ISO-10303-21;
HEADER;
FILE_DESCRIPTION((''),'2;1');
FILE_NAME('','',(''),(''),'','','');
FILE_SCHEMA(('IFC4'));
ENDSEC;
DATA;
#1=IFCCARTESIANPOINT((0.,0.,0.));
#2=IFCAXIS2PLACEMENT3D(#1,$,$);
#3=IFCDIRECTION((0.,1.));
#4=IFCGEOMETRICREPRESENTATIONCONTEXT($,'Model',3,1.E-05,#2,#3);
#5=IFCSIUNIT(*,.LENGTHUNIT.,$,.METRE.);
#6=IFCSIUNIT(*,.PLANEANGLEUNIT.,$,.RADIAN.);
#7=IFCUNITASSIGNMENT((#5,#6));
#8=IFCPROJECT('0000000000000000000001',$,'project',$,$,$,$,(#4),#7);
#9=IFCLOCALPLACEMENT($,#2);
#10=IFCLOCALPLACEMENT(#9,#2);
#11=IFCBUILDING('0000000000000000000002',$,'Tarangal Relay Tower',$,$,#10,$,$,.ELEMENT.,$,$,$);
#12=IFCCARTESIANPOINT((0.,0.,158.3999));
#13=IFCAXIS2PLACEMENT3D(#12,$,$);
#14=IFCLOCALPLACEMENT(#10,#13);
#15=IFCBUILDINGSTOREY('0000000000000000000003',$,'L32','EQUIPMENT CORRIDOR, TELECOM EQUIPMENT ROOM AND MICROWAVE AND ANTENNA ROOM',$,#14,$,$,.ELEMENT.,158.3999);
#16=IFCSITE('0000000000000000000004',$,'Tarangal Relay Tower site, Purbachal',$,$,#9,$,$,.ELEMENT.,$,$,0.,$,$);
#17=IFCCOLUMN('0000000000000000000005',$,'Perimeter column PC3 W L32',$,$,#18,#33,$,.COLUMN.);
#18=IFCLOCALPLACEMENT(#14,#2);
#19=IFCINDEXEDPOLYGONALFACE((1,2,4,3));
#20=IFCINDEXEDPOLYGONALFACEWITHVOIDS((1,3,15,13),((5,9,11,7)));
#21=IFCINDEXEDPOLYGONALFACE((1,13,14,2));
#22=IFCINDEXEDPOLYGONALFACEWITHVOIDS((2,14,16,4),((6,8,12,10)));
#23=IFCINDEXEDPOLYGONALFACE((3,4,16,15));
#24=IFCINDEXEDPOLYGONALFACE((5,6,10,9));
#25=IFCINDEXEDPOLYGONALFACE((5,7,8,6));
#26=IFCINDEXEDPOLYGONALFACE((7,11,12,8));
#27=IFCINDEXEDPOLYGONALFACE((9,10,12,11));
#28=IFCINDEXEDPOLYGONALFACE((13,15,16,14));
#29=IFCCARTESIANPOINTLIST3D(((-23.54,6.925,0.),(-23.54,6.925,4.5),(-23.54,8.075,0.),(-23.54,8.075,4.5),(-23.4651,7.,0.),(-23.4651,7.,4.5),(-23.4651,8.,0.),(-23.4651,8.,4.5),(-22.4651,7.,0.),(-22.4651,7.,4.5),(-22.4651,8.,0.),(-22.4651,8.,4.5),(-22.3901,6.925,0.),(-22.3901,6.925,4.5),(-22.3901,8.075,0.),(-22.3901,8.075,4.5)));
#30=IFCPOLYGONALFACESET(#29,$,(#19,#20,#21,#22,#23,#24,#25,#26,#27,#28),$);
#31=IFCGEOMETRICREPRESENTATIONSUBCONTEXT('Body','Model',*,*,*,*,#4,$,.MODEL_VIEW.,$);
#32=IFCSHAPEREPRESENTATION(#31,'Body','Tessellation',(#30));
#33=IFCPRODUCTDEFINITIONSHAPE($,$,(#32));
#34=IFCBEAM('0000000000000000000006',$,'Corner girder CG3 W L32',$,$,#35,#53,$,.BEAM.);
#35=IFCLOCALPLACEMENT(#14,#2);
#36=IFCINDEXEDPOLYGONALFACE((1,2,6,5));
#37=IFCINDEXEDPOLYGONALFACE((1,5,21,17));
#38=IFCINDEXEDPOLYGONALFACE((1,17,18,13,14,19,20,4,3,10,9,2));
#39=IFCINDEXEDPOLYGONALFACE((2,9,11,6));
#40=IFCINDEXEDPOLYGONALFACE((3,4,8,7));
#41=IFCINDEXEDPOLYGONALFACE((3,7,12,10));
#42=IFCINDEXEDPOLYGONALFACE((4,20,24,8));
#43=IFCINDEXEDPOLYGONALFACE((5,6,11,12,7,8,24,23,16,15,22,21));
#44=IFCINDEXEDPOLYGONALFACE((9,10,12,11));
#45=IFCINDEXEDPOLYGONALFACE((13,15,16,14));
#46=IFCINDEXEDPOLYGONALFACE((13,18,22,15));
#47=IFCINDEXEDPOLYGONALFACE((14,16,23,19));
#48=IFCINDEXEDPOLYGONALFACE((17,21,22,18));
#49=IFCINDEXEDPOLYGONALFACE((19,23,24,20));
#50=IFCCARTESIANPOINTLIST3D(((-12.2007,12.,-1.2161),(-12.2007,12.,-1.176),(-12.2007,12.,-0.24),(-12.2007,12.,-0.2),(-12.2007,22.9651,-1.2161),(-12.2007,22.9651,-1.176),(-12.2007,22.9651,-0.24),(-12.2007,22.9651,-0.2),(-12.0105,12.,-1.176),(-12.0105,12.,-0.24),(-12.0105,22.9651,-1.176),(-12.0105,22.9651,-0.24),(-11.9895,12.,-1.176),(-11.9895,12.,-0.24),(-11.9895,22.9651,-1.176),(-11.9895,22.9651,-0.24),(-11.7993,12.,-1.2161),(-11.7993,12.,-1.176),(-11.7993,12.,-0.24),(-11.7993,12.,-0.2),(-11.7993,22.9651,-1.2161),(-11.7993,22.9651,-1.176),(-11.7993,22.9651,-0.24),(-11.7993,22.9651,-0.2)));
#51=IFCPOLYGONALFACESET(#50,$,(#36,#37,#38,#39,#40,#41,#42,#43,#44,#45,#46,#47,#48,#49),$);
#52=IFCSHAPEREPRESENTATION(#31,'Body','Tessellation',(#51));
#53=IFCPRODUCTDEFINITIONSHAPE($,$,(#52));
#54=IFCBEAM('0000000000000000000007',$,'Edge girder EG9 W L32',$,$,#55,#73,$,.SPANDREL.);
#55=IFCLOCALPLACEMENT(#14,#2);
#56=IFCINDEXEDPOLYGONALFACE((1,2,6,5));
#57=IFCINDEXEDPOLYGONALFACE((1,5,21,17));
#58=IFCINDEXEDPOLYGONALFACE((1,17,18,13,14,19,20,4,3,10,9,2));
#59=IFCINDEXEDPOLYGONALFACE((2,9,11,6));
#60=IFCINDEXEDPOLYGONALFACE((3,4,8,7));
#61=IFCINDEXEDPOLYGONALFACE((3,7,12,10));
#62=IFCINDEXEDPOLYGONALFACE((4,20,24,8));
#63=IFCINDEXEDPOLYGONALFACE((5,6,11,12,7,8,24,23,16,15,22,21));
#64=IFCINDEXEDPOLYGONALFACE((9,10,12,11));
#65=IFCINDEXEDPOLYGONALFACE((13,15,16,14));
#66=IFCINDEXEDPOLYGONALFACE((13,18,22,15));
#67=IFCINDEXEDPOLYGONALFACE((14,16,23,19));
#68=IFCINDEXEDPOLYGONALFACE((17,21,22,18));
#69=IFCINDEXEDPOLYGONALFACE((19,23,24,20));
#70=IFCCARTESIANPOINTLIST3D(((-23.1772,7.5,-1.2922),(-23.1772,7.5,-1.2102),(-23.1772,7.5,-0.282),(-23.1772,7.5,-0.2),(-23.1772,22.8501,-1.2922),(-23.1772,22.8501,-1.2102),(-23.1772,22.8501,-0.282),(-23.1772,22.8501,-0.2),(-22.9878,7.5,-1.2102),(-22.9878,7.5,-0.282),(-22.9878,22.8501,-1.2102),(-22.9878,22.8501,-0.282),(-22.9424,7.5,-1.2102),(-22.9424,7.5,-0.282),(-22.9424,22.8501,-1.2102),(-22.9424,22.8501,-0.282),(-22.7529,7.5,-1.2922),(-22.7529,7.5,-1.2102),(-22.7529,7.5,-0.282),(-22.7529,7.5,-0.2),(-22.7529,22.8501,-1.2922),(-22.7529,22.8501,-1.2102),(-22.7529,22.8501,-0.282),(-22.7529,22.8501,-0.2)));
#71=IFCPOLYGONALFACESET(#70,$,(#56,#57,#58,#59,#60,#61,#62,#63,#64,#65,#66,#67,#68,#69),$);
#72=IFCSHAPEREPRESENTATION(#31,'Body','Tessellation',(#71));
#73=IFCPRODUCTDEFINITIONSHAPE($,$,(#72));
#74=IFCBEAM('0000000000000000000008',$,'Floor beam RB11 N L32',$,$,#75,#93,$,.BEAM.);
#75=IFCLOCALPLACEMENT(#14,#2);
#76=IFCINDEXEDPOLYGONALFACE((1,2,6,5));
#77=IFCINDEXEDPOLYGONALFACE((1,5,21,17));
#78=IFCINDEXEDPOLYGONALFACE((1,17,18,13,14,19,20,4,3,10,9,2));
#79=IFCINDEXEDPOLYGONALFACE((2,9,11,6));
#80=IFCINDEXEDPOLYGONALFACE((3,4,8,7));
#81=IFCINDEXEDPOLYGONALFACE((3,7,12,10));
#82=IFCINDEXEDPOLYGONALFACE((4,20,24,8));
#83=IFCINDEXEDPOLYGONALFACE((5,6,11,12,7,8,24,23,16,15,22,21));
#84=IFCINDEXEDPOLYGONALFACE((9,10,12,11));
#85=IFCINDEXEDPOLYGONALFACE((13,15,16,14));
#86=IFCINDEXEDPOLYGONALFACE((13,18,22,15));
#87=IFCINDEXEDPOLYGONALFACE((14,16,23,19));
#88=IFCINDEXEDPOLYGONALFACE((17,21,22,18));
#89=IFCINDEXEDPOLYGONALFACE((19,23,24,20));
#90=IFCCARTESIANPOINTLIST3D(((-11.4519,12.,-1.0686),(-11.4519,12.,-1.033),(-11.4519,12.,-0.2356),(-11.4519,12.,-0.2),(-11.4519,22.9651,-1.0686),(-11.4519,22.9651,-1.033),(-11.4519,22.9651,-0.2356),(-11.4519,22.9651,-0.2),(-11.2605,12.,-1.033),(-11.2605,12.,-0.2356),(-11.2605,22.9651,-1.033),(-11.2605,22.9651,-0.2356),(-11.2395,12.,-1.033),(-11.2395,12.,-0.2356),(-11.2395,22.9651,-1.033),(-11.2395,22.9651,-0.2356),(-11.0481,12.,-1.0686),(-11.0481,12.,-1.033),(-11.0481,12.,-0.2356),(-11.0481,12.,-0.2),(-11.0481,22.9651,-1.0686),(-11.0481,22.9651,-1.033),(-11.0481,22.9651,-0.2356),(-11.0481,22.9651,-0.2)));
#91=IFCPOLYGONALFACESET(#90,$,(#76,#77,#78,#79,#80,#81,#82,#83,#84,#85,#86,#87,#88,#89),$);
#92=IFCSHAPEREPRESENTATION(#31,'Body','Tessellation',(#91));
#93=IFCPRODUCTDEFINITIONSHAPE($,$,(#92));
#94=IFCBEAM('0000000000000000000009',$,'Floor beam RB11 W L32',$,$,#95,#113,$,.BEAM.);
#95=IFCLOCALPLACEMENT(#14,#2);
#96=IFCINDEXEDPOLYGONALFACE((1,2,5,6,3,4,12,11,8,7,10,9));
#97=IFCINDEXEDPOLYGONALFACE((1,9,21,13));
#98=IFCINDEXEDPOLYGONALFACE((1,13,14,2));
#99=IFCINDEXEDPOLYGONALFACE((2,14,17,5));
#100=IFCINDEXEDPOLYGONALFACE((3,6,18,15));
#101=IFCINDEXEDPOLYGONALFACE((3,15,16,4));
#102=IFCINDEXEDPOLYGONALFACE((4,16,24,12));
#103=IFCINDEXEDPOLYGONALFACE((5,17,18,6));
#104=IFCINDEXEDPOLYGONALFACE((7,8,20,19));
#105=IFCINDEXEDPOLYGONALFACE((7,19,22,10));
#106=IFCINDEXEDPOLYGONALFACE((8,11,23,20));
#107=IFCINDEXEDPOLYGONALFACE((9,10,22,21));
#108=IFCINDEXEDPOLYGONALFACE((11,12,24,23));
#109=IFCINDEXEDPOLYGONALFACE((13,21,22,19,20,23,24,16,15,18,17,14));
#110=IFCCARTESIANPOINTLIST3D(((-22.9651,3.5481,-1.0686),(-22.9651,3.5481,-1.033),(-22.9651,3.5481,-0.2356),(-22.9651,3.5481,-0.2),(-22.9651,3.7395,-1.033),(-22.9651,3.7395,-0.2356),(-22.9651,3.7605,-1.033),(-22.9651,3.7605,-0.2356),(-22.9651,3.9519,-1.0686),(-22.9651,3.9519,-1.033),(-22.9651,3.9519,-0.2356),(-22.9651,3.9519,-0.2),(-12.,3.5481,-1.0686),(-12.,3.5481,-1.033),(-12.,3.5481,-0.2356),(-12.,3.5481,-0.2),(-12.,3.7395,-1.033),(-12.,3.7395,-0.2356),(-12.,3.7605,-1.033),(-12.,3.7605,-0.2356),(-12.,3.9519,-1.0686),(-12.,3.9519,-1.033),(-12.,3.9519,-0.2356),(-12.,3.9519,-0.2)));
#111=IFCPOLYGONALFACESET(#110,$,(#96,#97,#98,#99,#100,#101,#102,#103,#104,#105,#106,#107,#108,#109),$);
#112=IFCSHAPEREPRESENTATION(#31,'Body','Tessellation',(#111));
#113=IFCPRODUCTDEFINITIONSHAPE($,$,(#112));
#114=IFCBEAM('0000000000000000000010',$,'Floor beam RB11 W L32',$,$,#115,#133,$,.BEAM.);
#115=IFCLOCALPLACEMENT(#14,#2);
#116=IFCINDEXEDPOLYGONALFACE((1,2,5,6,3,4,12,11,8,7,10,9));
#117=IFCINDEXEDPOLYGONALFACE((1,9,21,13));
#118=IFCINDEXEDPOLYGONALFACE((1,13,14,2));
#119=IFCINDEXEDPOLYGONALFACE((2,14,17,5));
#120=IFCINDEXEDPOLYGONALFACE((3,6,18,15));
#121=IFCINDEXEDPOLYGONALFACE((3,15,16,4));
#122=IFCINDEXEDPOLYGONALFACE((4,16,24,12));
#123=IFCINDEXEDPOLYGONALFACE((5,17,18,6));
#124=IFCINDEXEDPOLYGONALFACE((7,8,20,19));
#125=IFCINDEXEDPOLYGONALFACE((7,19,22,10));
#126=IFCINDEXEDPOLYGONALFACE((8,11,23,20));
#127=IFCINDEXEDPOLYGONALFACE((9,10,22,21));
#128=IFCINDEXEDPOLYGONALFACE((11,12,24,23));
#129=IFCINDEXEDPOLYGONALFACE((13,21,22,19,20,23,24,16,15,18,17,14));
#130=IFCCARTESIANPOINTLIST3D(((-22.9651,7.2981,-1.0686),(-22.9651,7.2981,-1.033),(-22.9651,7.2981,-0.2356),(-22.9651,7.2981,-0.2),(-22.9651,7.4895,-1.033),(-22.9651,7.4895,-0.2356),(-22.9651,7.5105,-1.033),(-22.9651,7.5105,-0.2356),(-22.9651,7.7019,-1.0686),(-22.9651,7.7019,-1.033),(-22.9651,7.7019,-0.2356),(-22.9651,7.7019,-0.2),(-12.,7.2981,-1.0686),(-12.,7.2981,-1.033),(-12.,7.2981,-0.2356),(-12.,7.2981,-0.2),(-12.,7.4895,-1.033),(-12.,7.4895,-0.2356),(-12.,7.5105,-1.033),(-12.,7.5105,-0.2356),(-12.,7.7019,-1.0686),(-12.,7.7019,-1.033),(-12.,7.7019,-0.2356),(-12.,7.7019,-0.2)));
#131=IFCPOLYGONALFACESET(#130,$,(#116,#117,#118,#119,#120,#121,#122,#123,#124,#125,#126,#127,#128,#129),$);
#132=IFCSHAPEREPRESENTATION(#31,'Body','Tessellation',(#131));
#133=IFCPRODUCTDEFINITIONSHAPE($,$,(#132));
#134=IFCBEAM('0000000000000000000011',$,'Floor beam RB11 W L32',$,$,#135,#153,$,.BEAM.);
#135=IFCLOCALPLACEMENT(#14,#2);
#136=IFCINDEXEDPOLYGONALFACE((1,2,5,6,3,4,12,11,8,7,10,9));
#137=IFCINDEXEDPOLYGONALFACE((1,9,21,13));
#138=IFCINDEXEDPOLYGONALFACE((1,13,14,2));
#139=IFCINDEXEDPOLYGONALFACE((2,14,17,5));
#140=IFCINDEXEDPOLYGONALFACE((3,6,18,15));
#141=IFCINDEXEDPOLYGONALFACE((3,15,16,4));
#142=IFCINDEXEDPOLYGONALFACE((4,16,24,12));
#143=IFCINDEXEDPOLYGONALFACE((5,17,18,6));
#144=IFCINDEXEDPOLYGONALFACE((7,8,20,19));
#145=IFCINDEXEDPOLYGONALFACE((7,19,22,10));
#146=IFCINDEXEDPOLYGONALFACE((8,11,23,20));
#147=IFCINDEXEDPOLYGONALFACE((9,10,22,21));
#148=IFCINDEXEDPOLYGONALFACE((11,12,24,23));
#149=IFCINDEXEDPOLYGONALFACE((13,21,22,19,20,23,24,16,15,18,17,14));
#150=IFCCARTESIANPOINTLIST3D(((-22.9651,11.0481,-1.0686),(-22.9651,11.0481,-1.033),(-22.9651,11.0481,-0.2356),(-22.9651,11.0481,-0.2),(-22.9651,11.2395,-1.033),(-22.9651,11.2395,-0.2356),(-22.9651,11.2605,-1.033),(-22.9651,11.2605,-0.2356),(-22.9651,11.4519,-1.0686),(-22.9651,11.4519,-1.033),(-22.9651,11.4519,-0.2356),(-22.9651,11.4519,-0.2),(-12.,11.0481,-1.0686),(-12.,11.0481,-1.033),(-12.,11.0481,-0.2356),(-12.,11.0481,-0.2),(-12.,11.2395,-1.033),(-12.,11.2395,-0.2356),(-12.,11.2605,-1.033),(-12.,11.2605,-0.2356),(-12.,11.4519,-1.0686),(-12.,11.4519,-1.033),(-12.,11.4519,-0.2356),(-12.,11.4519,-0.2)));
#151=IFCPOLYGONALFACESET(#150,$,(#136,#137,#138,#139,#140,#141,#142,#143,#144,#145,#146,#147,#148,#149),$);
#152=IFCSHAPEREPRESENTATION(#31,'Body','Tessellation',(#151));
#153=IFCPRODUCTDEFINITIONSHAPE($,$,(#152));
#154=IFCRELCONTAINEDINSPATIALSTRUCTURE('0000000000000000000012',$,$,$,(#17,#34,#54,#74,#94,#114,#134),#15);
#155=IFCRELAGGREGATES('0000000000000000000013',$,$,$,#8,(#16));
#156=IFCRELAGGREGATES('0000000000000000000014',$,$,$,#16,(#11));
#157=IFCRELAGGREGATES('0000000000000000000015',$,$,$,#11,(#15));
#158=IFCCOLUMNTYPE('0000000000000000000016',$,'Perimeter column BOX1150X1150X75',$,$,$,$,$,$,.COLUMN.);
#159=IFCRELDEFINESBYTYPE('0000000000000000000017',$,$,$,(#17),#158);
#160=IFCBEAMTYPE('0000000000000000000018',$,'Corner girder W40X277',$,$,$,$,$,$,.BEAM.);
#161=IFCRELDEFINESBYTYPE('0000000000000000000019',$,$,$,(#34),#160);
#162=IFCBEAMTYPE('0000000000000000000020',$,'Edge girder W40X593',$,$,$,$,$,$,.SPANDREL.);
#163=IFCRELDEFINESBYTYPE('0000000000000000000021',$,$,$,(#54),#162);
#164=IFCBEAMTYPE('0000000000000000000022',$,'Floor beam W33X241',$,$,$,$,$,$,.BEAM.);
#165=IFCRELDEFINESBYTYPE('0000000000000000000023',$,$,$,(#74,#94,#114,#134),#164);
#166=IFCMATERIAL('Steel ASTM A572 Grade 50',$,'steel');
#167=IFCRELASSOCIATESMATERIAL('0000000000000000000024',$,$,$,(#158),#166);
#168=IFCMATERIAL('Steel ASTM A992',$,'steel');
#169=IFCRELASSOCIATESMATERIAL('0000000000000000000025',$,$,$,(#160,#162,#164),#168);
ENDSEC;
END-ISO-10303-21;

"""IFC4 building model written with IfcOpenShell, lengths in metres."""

from ifc_helpers import new_model, si_unit, direction, frame, origin, origin_2d, place, context, subcontext, project, spatial, hollow_rectangle, i_section, extrude, material, material_profile, profile_set, type_object, element, save


model = new_model("IFC4")

# Units and contexts
model_context = context("Model", 3, precision=1e-05, world=origin(), true_north=direction((0.0, 1.0)))
body_context = subcontext(model_context, "Body", "Model", "MODEL_VIEW")
ifc_project = project(units=[si_unit("LENGTHUNIT", "METRE"), si_unit("PLANEANGLEUNIT", "RADIAN")], contexts=[model_context])

# Site, building, storey
site_placement = place(None, origin())
site = spatial("IfcSite", under=ifc_project, at=site_placement, Name="Tarangal Relay Tower site, Purbachal", CompositionType="ELEMENT", RefElevation=0.0)
building_placement = place(site_placement, origin())
building = spatial("IfcBuilding", under=site, at=building_placement, Name="Tarangal Relay Tower", CompositionType="ELEMENT")
storey_placement = place(building_placement, frame((0.0, 0.0, 158.3999)))
storey = spatial("IfcBuildingStorey", under=building, at=storey_placement, Name="L32", Description="EQUIPMENT CORRIDOR, TELECOM EQUIPMENT ROOM AND MICROWAVE AND ANTENNA ROOM", CompositionType="ELEMENT", Elevation=158.3999)

# Column
ifc_material_1 = material(Name="Steel ASTM A572 Grade 50", Category="steel")
ifc_material_profile_1 = material_profile(ifc_material_1, hollow_rectangle(XDim=1.1499, YDim=1.1499, WallThickness=0.075, at=origin_2d()), Name="BOX1150X1150X75")
ifc_profile_set_1 = profile_set([ifc_material_profile_1], Name="Steel ASTM A572 Grade 50")
column_type = type_object("IfcColumnType", Name="Perimeter column BOX1150X1150X75", PredefinedType="COLUMN", material=ifc_profile_set_1)
column_placement = place(storey_placement, frame((-22.9651, 7.5, 0.0), z_axis=(0.0, 0.0, 1.0), x_axis=(1.0, 0.0, 0.0)))
element("IfcColumn", 1, at=column_placement, inside=storey, type_object=column_type, Name="Perimeter column PC3 W L32", PredefinedType="COLUMN", context=body_context, shape_type="SweptSolid", body=[
    extrude(hollow_rectangle(XDim=1.1499, YDim=1.1499, WallThickness=0.075, at=origin_2d()), origin(), (0.0, 0.0, 1.0), 4.5),
])

# Beams
ifc_material_2 = material(Name="Steel ASTM A992", Category="steel")
ifc_material_profile_2 = material_profile(ifc_material_2, i_section(OverallWidth=0.4014, OverallDepth=1.0161, WebThickness=0.021, FlangeThickness=0.04, at=origin_2d()), Name="W40X277")
ifc_profile_set_2 = profile_set([ifc_material_profile_2], Name="Steel ASTM A992")
beam_type_1 = type_object("IfcBeamType", Name="Corner girder W40X277", PredefinedType="BEAM", material=ifc_profile_set_2)
beam_1_placement = place(storey_placement, frame((-12.0, 12.0, -0.708), z_axis=(0.0, 1.0, 0.0), x_axis=(-1.0, 0.0, 0.0)))
element("IfcBeam", 2, at=beam_1_placement, inside=storey, type_object=beam_type_1, Name="Corner girder CG3 W L32", PredefinedType="BEAM", context=body_context, shape_type="SweptSolid", body=[
    extrude(i_section(OverallWidth=0.4014, OverallDepth=1.0161, WebThickness=0.021, FlangeThickness=0.04, at=origin_2d()), origin(), (0.0, 0.0, 1.0), 10.9651),
])
ifc_material_profile_3 = material_profile(ifc_material_2, i_section(OverallWidth=0.4243, OverallDepth=1.0923, WebThickness=0.0454, FlangeThickness=0.082, at=origin_2d()), Name="W40X593")
ifc_profile_set_3 = profile_set([ifc_material_profile_3], Name="Steel ASTM A992")
beam_type_2 = type_object("IfcBeamType", Name="Edge girder W40X593", PredefinedType="SPANDREL", material=ifc_profile_set_3)
beam_2_placement = place(storey_placement, frame((-22.9651, 7.5, -0.7461), z_axis=(0.0, 1.0, 0.0), x_axis=(-1.0, 0.0, 0.0)))
element("IfcBeam", 3, at=beam_2_placement, inside=storey, type_object=beam_type_2, Name="Edge girder EG9 W L32", PredefinedType="SPANDREL", context=body_context, shape_type="SweptSolid", body=[
    extrude(i_section(OverallWidth=0.4243, OverallDepth=1.0923, WebThickness=0.0454, FlangeThickness=0.082, at=origin_2d()), origin(), (0.0, 0.0, 1.0), 15.3501),
])
ifc_material_profile_4 = material_profile(ifc_material_2, i_section(OverallWidth=0.4038, OverallDepth=0.8687, WebThickness=0.021, FlangeThickness=0.0356, at=origin_2d()), Name="W33X241")
ifc_profile_set_4 = profile_set([ifc_material_profile_4], Name="Steel ASTM A992")
beam_type_3 = type_object("IfcBeamType", Name="Floor beam W33X241", PredefinedType="BEAM", material=ifc_profile_set_4)
for number, where, z_axis, x_axis, name in (
    (4, (-11.25, 12.0, -0.6343), (0.0, 1.0, 0.0), (-1.0, 0.0, 0.0), "Floor beam RB11 N L32"),
    (5, (-12.0, 3.75, -0.6343), (-1.0, 0.0, 0.0), (0.0, -1.0, 0.0), "Floor beam RB11 W L32"),
    (6, (-12.0, 7.5, -0.6343), (-1.0, 0.0, 0.0), (0.0, -1.0, 0.0), "Floor beam RB11 W L32"),
    (7, (-12.0, 11.25, -0.6343), (-1.0, 0.0, 0.0), (0.0, -1.0, 0.0), "Floor beam RB11 W L32"),
):
    element("IfcBeam", number, at=place(storey_placement, frame(where, z_axis=z_axis, x_axis=x_axis)), inside=storey, type_object=beam_type_3, Name=name, PredefinedType="BEAM", context=body_context, shape_type="SweptSolid", body=[
        extrude(i_section(OverallWidth=0.4038, OverallDepth=0.8687, WebThickness=0.021, FlangeThickness=0.0356, at=origin_2d()), origin(), (0.0, 0.0, 1.0), 10.9651),
    ])

save(model, "model.ifc")
